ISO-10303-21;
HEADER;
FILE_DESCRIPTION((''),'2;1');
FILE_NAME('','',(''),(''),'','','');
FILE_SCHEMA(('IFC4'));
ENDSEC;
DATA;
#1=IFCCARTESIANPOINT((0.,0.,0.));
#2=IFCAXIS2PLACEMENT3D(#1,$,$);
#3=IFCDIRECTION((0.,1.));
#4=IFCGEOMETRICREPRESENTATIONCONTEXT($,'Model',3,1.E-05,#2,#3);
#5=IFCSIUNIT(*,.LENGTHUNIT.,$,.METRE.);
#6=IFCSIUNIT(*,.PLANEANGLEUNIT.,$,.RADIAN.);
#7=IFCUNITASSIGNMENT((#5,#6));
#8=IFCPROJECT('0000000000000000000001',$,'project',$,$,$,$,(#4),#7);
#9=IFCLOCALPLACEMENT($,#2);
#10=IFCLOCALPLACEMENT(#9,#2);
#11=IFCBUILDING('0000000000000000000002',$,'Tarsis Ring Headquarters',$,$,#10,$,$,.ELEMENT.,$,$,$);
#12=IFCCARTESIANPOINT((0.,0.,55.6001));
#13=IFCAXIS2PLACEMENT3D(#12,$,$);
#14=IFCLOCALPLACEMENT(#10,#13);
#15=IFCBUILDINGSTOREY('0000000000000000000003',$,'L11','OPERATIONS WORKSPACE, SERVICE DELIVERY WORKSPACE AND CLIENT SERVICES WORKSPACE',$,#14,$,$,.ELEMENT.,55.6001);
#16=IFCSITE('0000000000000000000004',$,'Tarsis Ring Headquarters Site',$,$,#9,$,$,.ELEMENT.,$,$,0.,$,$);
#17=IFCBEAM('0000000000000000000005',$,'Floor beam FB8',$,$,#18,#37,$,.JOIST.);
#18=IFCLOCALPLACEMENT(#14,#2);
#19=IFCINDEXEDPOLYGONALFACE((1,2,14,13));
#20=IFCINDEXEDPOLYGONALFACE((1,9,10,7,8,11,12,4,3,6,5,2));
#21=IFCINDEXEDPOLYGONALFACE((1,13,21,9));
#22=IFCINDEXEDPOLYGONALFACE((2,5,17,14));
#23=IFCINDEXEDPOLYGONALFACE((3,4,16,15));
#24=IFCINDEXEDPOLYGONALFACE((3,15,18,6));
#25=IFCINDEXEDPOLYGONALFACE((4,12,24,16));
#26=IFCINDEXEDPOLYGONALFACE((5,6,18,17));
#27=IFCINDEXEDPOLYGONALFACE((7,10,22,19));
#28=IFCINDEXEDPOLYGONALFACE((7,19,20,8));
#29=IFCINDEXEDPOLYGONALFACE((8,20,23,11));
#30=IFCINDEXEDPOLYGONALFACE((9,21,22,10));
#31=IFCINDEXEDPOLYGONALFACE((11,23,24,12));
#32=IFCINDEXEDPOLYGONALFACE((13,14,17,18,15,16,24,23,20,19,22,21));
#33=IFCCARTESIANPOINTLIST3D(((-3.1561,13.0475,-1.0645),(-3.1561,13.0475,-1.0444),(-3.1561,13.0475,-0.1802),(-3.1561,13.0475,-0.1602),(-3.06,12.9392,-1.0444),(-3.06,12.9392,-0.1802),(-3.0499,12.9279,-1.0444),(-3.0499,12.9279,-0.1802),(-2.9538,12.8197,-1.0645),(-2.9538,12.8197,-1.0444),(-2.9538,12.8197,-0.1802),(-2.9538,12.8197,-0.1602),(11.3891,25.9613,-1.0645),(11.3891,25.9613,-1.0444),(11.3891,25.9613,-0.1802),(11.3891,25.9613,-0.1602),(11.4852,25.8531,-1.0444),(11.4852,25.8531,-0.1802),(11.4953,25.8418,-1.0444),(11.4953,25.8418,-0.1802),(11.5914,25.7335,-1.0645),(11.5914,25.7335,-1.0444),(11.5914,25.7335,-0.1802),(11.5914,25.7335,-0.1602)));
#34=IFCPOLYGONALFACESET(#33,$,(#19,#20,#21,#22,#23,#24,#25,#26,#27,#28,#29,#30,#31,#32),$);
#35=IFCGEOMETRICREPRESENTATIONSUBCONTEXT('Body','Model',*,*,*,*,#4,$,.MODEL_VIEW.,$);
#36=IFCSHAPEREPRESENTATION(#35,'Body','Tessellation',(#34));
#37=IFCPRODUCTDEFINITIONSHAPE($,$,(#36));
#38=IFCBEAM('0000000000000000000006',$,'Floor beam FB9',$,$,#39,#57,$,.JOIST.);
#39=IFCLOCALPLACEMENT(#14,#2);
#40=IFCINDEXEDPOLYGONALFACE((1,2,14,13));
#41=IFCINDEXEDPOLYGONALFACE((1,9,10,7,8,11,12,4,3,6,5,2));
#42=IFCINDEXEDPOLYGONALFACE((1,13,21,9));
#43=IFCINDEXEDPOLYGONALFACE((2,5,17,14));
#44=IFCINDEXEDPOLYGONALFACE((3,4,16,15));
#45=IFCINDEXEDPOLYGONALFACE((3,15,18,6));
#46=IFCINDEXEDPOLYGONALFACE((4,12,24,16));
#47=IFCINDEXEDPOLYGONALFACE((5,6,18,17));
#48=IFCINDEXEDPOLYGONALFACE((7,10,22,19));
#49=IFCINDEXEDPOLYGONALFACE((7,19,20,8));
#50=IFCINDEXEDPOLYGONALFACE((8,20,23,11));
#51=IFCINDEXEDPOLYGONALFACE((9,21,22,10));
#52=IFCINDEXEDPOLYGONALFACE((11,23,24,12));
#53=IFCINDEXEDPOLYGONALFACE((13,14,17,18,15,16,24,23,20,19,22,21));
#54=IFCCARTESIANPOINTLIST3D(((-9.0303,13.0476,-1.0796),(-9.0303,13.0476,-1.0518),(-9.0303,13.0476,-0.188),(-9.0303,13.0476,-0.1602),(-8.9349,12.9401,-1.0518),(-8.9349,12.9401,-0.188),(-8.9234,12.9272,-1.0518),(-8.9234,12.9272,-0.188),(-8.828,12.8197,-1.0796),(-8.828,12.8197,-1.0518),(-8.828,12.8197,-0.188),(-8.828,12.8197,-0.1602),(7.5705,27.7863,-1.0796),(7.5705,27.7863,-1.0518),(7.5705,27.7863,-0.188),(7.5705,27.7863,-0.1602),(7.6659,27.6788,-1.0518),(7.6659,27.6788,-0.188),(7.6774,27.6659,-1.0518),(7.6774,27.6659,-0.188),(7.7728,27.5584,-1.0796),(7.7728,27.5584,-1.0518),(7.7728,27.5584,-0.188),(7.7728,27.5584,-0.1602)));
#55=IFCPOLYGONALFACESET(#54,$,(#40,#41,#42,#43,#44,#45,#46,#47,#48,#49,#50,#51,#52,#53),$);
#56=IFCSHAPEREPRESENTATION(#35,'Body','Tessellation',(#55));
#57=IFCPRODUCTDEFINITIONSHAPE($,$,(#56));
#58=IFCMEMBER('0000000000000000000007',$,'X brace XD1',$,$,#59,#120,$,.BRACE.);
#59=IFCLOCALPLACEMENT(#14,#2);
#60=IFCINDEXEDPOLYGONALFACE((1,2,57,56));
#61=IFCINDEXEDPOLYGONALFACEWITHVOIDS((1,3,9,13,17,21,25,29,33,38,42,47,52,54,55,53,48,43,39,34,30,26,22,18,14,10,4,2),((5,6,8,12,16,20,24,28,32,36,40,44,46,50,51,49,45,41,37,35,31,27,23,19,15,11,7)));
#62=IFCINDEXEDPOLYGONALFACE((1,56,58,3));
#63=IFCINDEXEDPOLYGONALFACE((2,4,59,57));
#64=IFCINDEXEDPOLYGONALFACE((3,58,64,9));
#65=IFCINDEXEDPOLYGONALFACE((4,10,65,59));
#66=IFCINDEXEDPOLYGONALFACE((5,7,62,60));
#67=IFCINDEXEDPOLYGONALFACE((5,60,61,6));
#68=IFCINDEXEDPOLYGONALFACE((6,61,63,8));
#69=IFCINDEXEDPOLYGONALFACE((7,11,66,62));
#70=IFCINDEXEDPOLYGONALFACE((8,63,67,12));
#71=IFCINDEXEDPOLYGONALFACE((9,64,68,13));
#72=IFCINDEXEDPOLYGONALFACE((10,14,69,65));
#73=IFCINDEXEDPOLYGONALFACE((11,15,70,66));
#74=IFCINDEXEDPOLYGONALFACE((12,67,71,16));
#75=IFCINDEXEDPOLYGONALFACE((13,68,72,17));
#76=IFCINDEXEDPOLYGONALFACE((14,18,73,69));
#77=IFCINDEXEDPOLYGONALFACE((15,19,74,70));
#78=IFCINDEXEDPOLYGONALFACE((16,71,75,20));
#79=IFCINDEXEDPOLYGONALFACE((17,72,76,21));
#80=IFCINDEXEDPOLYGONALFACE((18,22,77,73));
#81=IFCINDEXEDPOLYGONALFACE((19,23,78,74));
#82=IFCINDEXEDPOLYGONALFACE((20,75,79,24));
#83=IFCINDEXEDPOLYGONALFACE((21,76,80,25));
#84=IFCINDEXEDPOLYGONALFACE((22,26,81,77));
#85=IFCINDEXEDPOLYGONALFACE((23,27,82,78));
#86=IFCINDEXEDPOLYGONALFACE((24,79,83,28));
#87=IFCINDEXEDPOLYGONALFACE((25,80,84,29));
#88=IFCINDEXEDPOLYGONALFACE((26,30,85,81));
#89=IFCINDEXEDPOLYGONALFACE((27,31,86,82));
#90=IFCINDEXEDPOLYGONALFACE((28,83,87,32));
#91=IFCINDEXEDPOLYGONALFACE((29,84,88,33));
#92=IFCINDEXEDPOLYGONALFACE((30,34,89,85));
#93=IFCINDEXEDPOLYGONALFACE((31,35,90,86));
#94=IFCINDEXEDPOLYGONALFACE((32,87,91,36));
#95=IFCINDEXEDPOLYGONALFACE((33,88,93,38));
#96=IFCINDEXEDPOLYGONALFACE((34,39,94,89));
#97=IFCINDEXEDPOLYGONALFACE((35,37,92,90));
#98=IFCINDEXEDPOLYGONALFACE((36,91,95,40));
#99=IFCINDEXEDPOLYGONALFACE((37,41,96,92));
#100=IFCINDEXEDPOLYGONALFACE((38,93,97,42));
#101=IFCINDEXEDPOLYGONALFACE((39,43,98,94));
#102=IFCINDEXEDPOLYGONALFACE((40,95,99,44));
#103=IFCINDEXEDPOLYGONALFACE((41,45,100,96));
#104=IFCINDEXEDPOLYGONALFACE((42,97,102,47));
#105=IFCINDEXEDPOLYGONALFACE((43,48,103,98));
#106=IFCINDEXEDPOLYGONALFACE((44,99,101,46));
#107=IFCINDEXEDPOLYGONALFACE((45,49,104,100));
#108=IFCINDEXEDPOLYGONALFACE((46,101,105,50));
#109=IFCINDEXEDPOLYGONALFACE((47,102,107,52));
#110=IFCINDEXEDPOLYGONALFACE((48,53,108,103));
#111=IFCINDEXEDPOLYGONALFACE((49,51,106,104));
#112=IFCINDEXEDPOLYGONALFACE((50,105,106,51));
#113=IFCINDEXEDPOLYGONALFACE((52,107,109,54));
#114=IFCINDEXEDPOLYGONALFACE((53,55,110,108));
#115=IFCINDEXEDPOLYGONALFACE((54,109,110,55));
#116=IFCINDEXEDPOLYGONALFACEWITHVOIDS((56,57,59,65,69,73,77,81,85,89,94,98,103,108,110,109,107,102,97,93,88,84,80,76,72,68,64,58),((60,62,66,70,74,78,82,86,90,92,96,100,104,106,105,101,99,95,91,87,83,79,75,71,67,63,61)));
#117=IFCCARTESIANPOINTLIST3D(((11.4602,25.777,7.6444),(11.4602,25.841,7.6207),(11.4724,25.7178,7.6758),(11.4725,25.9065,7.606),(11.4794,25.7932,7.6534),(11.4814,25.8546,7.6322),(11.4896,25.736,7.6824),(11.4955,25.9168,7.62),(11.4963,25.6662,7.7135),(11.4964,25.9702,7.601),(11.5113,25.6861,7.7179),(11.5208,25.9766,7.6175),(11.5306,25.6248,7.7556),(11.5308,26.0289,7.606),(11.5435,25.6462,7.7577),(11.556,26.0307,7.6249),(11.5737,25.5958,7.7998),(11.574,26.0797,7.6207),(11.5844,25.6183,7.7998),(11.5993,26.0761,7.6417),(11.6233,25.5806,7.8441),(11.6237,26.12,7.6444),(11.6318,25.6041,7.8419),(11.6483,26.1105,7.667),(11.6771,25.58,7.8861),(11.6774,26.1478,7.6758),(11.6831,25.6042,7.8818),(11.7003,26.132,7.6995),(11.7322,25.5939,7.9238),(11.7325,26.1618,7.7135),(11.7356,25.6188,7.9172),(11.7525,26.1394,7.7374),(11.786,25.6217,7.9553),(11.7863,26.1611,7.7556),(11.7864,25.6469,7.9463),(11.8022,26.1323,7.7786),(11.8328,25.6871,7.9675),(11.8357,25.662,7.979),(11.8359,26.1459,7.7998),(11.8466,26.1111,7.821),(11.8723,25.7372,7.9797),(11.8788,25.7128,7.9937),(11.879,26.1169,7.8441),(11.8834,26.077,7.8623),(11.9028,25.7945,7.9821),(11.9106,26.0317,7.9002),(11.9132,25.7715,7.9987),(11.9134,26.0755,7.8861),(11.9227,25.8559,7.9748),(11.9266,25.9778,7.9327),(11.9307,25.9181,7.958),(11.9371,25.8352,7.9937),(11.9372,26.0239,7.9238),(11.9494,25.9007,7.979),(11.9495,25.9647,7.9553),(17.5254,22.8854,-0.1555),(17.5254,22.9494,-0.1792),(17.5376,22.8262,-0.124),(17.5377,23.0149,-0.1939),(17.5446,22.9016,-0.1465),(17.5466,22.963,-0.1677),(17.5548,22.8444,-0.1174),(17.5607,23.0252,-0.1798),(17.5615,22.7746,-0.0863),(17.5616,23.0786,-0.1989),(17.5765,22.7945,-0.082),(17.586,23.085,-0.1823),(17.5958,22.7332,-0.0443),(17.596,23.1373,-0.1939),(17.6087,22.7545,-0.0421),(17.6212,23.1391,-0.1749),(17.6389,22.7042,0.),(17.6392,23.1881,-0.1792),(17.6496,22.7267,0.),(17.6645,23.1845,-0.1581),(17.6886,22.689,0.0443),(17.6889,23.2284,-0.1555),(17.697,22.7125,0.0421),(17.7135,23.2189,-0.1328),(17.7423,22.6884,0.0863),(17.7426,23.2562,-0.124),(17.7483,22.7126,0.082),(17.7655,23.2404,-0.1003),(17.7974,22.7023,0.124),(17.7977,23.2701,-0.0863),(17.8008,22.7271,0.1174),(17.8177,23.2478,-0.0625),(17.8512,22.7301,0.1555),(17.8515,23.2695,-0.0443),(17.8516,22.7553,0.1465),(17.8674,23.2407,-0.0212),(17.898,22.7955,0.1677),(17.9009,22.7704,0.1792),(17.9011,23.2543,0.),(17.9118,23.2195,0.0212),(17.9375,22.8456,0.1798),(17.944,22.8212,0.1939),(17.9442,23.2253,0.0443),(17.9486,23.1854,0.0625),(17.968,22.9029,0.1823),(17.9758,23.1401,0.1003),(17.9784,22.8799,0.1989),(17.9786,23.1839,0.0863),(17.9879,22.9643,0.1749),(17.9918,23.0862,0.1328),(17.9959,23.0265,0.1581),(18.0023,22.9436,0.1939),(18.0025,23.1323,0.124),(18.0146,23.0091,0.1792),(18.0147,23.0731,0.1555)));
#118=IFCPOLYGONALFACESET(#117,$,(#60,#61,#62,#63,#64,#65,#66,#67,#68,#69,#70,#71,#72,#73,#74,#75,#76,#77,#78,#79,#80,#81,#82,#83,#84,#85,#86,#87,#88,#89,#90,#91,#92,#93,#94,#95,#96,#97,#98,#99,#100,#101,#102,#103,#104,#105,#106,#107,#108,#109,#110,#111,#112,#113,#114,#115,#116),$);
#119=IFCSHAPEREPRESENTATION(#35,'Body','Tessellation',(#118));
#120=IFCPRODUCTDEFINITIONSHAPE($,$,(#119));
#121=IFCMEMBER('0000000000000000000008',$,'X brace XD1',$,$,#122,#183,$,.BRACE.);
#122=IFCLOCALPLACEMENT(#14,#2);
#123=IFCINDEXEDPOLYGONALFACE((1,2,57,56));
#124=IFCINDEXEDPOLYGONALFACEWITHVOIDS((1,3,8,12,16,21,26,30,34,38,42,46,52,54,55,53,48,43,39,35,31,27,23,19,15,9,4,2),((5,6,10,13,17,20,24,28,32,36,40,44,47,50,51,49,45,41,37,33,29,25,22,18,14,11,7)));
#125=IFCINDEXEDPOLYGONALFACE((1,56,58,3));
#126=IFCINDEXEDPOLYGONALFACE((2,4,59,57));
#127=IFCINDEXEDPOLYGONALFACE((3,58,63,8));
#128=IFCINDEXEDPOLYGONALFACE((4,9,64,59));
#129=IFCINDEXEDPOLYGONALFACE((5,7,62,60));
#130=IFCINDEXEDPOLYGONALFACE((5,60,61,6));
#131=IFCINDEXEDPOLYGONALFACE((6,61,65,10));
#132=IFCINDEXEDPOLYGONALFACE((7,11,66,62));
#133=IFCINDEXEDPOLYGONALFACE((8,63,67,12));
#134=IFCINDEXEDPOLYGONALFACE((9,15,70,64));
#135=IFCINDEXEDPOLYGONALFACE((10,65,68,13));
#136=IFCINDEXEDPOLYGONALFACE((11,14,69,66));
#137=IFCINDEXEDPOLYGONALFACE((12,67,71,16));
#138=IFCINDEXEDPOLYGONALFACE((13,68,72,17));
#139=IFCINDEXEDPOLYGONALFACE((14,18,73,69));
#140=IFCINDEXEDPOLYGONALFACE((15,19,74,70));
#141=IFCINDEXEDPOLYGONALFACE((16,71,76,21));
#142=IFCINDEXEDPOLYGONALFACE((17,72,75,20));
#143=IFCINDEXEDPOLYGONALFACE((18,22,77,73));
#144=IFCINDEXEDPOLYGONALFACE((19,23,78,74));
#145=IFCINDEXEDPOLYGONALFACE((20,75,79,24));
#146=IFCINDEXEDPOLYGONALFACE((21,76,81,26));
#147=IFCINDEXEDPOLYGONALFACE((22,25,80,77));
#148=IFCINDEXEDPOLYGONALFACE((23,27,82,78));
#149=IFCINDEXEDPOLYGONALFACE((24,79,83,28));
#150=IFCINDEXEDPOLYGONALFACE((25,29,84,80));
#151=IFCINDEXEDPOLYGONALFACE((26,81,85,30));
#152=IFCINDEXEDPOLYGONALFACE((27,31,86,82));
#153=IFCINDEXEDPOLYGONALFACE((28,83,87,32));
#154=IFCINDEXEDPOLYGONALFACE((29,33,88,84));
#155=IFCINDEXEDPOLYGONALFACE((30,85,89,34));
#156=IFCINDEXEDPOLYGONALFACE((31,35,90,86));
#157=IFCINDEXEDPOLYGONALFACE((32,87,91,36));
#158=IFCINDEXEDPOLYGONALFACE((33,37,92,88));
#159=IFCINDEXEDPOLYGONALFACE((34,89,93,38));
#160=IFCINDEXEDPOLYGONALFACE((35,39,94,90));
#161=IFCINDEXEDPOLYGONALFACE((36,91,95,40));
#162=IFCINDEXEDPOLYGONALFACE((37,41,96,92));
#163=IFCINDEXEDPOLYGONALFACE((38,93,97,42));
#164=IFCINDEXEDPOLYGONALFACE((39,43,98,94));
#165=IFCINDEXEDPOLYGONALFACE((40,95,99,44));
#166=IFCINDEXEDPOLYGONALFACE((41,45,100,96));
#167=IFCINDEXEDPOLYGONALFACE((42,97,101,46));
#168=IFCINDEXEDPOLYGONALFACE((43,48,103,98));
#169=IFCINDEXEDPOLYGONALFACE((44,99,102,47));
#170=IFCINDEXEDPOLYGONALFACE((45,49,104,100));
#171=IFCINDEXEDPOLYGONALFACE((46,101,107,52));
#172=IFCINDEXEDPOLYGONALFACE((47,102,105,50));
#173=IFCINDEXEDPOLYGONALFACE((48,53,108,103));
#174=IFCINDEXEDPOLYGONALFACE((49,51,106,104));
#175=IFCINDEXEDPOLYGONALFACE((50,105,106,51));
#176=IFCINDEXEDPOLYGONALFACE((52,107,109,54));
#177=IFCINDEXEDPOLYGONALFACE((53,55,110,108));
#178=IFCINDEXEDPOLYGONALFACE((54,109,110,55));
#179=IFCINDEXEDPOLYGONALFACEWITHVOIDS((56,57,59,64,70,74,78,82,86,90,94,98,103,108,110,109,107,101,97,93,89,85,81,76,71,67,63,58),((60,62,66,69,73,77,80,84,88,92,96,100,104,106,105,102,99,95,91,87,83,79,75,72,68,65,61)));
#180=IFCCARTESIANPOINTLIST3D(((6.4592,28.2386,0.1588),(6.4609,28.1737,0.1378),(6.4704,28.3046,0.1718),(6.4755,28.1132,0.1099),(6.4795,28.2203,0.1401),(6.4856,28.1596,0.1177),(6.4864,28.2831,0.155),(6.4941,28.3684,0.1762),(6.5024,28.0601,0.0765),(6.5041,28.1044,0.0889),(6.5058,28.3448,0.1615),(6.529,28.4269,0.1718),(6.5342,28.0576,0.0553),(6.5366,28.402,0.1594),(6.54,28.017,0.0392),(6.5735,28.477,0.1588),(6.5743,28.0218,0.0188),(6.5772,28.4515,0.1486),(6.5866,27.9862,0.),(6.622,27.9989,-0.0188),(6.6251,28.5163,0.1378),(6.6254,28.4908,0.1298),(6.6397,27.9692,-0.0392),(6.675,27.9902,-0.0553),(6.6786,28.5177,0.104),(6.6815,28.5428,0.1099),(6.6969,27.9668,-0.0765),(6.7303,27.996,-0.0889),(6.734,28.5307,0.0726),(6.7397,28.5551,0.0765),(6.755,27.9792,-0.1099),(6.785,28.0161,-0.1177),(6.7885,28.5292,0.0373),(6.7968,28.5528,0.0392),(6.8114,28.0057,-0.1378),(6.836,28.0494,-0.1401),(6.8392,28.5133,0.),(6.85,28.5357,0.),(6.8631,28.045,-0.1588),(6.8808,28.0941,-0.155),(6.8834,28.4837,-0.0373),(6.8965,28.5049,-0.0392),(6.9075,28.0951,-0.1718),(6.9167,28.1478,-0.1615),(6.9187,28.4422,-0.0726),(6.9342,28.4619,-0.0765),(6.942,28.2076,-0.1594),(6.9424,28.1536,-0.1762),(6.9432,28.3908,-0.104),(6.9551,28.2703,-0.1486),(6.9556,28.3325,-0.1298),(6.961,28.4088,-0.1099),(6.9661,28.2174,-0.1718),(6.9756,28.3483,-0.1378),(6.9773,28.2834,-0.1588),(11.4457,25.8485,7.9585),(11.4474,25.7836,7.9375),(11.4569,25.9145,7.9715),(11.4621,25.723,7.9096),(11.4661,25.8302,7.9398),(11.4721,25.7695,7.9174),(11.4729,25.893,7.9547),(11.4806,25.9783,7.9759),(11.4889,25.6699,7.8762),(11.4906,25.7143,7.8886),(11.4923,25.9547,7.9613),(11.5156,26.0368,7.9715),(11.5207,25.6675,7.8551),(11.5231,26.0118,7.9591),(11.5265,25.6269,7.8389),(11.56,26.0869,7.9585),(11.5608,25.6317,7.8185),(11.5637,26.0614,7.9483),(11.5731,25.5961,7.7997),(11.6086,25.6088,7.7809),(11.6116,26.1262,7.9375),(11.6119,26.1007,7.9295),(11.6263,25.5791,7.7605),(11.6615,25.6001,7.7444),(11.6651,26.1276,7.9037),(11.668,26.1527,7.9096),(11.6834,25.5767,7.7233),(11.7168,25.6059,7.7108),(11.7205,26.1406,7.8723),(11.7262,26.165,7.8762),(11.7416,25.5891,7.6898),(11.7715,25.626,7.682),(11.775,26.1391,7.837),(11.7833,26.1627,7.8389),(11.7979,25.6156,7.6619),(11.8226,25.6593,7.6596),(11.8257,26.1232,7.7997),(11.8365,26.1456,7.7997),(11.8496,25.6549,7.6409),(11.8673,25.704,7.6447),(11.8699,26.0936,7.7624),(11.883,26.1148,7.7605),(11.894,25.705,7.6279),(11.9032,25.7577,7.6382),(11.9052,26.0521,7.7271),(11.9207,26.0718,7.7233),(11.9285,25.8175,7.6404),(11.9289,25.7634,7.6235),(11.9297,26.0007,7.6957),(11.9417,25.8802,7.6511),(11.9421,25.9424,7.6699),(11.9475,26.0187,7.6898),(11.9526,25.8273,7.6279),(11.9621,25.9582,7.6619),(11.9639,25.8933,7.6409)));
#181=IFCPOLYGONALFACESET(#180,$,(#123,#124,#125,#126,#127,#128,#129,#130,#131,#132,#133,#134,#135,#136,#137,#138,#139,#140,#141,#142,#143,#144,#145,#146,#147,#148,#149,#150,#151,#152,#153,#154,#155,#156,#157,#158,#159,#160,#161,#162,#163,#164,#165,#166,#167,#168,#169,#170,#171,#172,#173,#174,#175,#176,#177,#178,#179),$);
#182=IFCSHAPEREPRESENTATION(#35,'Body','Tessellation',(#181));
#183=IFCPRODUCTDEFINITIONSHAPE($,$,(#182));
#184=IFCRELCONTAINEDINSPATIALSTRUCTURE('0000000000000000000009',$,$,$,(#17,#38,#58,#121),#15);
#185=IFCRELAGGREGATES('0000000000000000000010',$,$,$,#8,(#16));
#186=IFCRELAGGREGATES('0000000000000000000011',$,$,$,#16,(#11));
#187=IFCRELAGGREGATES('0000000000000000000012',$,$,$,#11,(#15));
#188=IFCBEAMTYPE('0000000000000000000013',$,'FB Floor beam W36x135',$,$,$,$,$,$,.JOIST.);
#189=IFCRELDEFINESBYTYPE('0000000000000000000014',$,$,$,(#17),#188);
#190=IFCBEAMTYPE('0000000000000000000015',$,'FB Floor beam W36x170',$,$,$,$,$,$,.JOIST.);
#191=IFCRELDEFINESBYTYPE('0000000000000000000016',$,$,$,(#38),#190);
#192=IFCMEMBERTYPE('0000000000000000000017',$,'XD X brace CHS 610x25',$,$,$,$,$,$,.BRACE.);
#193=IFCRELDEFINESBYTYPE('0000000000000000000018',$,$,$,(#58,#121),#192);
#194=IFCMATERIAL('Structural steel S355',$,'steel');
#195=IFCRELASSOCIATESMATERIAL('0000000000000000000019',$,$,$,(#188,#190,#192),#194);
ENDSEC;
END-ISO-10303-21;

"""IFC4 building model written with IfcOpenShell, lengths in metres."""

from ifc_helpers import new_model, si_unit, direction, frame, origin, origin_2d, place, context, subcontext, project, spatial, hollow_circle, i_section, extrude, material, material_profile, profile_set, type_object, element, save


model = new_model("IFC4")

# Units and contexts
model_context = context("Model", 3, precision=1e-05, world=origin(), true_north=direction((0.0, 1.0)))
body_context = subcontext(model_context, "Body", "Model", "MODEL_VIEW")
ifc_project = project(units=[si_unit("LENGTHUNIT", "METRE"), si_unit("PLANEANGLEUNIT", "RADIAN")], contexts=[model_context])

# Site, building, storey
site_placement = place(None, origin())
site = spatial("IfcSite", under=ifc_project, at=site_placement, Name="Tarsis Ring Headquarters Site", CompositionType="ELEMENT", RefElevation=0.0)
building_placement = place(site_placement, origin())
building = spatial("IfcBuilding", under=site, at=building_placement, Name="Tarsis Ring Headquarters", CompositionType="ELEMENT")
storey_placement = place(building_placement, frame((0.0, 0.0, 55.6001)))
storey = spatial("IfcBuildingStorey", under=building, at=storey_placement, Name="L11", Description="OPERATIONS WORKSPACE, SERVICE DELIVERY WORKSPACE AND CLIENT SERVICES WORKSPACE", CompositionType="ELEMENT", Elevation=55.6001)

# Beams
ifc_material_1 = material(Name="Structural steel S355", Category="steel")
ifc_material_profile_1 = material_profile(ifc_material_1, i_section(OverallWidth=0.3047, OverallDepth=0.9043, WebThickness=0.0151, FlangeThickness=0.02, at=origin_2d()), Name="W36x135")
ifc_profile_set_1 = profile_set([ifc_material_profile_1], Name="Structural steel S355")
beam_type_1 = type_object("IfcBeamType", Name="FB Floor beam W36x135", PredefinedType="JOIST", material=ifc_profile_set_1)
beam_1_placement = place(storey_placement, frame((11.4902, 25.8474, -0.6123), z_axis=(-0.747798, -0.663927, 0.0), x_axis=(0.663927, -0.747798, 0.0)))
element("IfcBeam", 1, at=beam_1_placement, inside=storey, type_object=beam_type_1, Name="Floor beam FB8", PredefinedType="JOIST", context=body_context, shape_type="SweptSolid", body=[
    extrude(i_section(OverallWidth=0.3047, OverallDepth=0.9043, WebThickness=0.0151, FlangeThickness=0.02, at=origin_2d()), origin(), (0.0, 0.0, 1.0), 19.4507),
])
ifc_material_profile_2 = material_profile(ifc_material_1, i_section(OverallWidth=0.3047, OverallDepth=0.9194, WebThickness=0.0173, FlangeThickness=0.0278, at=origin_2d()), Name="W36x170")
ifc_profile_set_2 = profile_set([ifc_material_profile_2], Name="Structural steel S355")
beam_type_2 = type_object("IfcBeamType", Name="FB Floor beam W36x170", PredefinedType="JOIST", material=ifc_profile_set_2)
beam_2_placement = place(storey_placement, frame((7.6716, 27.6724, -0.6199), z_axis=(-0.747801, -0.663923, 0.0), x_axis=(0.663923, -0.747801, 0.0)))
element("IfcBeam", 2, at=beam_2_placement, inside=storey, type_object=beam_type_2, Name="Floor beam FB9", PredefinedType="JOIST", context=body_context, shape_type="SweptSolid", body=[
    extrude(i_section(OverallWidth=0.3047, OverallDepth=0.9194, WebThickness=0.0173, FlangeThickness=0.0278, at=origin_2d()), origin(), (0.0, 0.0, 1.0), 22.1995),
])

# Members
ifc_material_profile_3 = material_profile(ifc_material_1, hollow_circle(Radius=0.3047, WallThickness=0.0249, at=origin_2d()), Name="CHS 610x25")
ifc_profile_set_3 = profile_set([ifc_material_profile_3], Name="Structural steel S355")
member_type = type_object("IfcMemberType", Name="XD X brace CHS 610x25", PredefinedType="BRACE", material=ifc_profile_set_3)
member_1_placement = place(storey_placement, frame((17.77, 22.9792, 0.0), z_axis=(-0.589145, 0.280877, 0.757638), x_axis=(-0.430348, -0.902663, 0.0)))
element("IfcMember", 3, at=member_1_placement, inside=storey, type_object=member_type, Name="X brace XD1", PredefinedType="BRACE", context=body_context, shape_type="SweptSolid", body=[
    extrude(hollow_circle(Radius=0.3047, WallThickness=0.0249, at=origin_2d()), origin(), (0.0, 0.0, 1.0), 10.2949),
])
member_2_placement = place(storey_placement, frame((6.7183, 28.261, 0.0), z_axis=(0.521545, -0.249984, 0.815781), x_axis=(0.432229, 0.901764, 0.0)))
element("IfcMember", 4, at=member_2_placement, inside=storey, type_object=member_type, Name="X brace XD1", PredefinedType="BRACE", context=body_context, shape_type="SweptSolid", body=[
    extrude(hollow_circle(Radius=0.3047, WallThickness=0.0249, at=origin_2d()), origin(), (0.0, 0.0, 1.0), 9.561),
])

save(model, "model.ifc")
